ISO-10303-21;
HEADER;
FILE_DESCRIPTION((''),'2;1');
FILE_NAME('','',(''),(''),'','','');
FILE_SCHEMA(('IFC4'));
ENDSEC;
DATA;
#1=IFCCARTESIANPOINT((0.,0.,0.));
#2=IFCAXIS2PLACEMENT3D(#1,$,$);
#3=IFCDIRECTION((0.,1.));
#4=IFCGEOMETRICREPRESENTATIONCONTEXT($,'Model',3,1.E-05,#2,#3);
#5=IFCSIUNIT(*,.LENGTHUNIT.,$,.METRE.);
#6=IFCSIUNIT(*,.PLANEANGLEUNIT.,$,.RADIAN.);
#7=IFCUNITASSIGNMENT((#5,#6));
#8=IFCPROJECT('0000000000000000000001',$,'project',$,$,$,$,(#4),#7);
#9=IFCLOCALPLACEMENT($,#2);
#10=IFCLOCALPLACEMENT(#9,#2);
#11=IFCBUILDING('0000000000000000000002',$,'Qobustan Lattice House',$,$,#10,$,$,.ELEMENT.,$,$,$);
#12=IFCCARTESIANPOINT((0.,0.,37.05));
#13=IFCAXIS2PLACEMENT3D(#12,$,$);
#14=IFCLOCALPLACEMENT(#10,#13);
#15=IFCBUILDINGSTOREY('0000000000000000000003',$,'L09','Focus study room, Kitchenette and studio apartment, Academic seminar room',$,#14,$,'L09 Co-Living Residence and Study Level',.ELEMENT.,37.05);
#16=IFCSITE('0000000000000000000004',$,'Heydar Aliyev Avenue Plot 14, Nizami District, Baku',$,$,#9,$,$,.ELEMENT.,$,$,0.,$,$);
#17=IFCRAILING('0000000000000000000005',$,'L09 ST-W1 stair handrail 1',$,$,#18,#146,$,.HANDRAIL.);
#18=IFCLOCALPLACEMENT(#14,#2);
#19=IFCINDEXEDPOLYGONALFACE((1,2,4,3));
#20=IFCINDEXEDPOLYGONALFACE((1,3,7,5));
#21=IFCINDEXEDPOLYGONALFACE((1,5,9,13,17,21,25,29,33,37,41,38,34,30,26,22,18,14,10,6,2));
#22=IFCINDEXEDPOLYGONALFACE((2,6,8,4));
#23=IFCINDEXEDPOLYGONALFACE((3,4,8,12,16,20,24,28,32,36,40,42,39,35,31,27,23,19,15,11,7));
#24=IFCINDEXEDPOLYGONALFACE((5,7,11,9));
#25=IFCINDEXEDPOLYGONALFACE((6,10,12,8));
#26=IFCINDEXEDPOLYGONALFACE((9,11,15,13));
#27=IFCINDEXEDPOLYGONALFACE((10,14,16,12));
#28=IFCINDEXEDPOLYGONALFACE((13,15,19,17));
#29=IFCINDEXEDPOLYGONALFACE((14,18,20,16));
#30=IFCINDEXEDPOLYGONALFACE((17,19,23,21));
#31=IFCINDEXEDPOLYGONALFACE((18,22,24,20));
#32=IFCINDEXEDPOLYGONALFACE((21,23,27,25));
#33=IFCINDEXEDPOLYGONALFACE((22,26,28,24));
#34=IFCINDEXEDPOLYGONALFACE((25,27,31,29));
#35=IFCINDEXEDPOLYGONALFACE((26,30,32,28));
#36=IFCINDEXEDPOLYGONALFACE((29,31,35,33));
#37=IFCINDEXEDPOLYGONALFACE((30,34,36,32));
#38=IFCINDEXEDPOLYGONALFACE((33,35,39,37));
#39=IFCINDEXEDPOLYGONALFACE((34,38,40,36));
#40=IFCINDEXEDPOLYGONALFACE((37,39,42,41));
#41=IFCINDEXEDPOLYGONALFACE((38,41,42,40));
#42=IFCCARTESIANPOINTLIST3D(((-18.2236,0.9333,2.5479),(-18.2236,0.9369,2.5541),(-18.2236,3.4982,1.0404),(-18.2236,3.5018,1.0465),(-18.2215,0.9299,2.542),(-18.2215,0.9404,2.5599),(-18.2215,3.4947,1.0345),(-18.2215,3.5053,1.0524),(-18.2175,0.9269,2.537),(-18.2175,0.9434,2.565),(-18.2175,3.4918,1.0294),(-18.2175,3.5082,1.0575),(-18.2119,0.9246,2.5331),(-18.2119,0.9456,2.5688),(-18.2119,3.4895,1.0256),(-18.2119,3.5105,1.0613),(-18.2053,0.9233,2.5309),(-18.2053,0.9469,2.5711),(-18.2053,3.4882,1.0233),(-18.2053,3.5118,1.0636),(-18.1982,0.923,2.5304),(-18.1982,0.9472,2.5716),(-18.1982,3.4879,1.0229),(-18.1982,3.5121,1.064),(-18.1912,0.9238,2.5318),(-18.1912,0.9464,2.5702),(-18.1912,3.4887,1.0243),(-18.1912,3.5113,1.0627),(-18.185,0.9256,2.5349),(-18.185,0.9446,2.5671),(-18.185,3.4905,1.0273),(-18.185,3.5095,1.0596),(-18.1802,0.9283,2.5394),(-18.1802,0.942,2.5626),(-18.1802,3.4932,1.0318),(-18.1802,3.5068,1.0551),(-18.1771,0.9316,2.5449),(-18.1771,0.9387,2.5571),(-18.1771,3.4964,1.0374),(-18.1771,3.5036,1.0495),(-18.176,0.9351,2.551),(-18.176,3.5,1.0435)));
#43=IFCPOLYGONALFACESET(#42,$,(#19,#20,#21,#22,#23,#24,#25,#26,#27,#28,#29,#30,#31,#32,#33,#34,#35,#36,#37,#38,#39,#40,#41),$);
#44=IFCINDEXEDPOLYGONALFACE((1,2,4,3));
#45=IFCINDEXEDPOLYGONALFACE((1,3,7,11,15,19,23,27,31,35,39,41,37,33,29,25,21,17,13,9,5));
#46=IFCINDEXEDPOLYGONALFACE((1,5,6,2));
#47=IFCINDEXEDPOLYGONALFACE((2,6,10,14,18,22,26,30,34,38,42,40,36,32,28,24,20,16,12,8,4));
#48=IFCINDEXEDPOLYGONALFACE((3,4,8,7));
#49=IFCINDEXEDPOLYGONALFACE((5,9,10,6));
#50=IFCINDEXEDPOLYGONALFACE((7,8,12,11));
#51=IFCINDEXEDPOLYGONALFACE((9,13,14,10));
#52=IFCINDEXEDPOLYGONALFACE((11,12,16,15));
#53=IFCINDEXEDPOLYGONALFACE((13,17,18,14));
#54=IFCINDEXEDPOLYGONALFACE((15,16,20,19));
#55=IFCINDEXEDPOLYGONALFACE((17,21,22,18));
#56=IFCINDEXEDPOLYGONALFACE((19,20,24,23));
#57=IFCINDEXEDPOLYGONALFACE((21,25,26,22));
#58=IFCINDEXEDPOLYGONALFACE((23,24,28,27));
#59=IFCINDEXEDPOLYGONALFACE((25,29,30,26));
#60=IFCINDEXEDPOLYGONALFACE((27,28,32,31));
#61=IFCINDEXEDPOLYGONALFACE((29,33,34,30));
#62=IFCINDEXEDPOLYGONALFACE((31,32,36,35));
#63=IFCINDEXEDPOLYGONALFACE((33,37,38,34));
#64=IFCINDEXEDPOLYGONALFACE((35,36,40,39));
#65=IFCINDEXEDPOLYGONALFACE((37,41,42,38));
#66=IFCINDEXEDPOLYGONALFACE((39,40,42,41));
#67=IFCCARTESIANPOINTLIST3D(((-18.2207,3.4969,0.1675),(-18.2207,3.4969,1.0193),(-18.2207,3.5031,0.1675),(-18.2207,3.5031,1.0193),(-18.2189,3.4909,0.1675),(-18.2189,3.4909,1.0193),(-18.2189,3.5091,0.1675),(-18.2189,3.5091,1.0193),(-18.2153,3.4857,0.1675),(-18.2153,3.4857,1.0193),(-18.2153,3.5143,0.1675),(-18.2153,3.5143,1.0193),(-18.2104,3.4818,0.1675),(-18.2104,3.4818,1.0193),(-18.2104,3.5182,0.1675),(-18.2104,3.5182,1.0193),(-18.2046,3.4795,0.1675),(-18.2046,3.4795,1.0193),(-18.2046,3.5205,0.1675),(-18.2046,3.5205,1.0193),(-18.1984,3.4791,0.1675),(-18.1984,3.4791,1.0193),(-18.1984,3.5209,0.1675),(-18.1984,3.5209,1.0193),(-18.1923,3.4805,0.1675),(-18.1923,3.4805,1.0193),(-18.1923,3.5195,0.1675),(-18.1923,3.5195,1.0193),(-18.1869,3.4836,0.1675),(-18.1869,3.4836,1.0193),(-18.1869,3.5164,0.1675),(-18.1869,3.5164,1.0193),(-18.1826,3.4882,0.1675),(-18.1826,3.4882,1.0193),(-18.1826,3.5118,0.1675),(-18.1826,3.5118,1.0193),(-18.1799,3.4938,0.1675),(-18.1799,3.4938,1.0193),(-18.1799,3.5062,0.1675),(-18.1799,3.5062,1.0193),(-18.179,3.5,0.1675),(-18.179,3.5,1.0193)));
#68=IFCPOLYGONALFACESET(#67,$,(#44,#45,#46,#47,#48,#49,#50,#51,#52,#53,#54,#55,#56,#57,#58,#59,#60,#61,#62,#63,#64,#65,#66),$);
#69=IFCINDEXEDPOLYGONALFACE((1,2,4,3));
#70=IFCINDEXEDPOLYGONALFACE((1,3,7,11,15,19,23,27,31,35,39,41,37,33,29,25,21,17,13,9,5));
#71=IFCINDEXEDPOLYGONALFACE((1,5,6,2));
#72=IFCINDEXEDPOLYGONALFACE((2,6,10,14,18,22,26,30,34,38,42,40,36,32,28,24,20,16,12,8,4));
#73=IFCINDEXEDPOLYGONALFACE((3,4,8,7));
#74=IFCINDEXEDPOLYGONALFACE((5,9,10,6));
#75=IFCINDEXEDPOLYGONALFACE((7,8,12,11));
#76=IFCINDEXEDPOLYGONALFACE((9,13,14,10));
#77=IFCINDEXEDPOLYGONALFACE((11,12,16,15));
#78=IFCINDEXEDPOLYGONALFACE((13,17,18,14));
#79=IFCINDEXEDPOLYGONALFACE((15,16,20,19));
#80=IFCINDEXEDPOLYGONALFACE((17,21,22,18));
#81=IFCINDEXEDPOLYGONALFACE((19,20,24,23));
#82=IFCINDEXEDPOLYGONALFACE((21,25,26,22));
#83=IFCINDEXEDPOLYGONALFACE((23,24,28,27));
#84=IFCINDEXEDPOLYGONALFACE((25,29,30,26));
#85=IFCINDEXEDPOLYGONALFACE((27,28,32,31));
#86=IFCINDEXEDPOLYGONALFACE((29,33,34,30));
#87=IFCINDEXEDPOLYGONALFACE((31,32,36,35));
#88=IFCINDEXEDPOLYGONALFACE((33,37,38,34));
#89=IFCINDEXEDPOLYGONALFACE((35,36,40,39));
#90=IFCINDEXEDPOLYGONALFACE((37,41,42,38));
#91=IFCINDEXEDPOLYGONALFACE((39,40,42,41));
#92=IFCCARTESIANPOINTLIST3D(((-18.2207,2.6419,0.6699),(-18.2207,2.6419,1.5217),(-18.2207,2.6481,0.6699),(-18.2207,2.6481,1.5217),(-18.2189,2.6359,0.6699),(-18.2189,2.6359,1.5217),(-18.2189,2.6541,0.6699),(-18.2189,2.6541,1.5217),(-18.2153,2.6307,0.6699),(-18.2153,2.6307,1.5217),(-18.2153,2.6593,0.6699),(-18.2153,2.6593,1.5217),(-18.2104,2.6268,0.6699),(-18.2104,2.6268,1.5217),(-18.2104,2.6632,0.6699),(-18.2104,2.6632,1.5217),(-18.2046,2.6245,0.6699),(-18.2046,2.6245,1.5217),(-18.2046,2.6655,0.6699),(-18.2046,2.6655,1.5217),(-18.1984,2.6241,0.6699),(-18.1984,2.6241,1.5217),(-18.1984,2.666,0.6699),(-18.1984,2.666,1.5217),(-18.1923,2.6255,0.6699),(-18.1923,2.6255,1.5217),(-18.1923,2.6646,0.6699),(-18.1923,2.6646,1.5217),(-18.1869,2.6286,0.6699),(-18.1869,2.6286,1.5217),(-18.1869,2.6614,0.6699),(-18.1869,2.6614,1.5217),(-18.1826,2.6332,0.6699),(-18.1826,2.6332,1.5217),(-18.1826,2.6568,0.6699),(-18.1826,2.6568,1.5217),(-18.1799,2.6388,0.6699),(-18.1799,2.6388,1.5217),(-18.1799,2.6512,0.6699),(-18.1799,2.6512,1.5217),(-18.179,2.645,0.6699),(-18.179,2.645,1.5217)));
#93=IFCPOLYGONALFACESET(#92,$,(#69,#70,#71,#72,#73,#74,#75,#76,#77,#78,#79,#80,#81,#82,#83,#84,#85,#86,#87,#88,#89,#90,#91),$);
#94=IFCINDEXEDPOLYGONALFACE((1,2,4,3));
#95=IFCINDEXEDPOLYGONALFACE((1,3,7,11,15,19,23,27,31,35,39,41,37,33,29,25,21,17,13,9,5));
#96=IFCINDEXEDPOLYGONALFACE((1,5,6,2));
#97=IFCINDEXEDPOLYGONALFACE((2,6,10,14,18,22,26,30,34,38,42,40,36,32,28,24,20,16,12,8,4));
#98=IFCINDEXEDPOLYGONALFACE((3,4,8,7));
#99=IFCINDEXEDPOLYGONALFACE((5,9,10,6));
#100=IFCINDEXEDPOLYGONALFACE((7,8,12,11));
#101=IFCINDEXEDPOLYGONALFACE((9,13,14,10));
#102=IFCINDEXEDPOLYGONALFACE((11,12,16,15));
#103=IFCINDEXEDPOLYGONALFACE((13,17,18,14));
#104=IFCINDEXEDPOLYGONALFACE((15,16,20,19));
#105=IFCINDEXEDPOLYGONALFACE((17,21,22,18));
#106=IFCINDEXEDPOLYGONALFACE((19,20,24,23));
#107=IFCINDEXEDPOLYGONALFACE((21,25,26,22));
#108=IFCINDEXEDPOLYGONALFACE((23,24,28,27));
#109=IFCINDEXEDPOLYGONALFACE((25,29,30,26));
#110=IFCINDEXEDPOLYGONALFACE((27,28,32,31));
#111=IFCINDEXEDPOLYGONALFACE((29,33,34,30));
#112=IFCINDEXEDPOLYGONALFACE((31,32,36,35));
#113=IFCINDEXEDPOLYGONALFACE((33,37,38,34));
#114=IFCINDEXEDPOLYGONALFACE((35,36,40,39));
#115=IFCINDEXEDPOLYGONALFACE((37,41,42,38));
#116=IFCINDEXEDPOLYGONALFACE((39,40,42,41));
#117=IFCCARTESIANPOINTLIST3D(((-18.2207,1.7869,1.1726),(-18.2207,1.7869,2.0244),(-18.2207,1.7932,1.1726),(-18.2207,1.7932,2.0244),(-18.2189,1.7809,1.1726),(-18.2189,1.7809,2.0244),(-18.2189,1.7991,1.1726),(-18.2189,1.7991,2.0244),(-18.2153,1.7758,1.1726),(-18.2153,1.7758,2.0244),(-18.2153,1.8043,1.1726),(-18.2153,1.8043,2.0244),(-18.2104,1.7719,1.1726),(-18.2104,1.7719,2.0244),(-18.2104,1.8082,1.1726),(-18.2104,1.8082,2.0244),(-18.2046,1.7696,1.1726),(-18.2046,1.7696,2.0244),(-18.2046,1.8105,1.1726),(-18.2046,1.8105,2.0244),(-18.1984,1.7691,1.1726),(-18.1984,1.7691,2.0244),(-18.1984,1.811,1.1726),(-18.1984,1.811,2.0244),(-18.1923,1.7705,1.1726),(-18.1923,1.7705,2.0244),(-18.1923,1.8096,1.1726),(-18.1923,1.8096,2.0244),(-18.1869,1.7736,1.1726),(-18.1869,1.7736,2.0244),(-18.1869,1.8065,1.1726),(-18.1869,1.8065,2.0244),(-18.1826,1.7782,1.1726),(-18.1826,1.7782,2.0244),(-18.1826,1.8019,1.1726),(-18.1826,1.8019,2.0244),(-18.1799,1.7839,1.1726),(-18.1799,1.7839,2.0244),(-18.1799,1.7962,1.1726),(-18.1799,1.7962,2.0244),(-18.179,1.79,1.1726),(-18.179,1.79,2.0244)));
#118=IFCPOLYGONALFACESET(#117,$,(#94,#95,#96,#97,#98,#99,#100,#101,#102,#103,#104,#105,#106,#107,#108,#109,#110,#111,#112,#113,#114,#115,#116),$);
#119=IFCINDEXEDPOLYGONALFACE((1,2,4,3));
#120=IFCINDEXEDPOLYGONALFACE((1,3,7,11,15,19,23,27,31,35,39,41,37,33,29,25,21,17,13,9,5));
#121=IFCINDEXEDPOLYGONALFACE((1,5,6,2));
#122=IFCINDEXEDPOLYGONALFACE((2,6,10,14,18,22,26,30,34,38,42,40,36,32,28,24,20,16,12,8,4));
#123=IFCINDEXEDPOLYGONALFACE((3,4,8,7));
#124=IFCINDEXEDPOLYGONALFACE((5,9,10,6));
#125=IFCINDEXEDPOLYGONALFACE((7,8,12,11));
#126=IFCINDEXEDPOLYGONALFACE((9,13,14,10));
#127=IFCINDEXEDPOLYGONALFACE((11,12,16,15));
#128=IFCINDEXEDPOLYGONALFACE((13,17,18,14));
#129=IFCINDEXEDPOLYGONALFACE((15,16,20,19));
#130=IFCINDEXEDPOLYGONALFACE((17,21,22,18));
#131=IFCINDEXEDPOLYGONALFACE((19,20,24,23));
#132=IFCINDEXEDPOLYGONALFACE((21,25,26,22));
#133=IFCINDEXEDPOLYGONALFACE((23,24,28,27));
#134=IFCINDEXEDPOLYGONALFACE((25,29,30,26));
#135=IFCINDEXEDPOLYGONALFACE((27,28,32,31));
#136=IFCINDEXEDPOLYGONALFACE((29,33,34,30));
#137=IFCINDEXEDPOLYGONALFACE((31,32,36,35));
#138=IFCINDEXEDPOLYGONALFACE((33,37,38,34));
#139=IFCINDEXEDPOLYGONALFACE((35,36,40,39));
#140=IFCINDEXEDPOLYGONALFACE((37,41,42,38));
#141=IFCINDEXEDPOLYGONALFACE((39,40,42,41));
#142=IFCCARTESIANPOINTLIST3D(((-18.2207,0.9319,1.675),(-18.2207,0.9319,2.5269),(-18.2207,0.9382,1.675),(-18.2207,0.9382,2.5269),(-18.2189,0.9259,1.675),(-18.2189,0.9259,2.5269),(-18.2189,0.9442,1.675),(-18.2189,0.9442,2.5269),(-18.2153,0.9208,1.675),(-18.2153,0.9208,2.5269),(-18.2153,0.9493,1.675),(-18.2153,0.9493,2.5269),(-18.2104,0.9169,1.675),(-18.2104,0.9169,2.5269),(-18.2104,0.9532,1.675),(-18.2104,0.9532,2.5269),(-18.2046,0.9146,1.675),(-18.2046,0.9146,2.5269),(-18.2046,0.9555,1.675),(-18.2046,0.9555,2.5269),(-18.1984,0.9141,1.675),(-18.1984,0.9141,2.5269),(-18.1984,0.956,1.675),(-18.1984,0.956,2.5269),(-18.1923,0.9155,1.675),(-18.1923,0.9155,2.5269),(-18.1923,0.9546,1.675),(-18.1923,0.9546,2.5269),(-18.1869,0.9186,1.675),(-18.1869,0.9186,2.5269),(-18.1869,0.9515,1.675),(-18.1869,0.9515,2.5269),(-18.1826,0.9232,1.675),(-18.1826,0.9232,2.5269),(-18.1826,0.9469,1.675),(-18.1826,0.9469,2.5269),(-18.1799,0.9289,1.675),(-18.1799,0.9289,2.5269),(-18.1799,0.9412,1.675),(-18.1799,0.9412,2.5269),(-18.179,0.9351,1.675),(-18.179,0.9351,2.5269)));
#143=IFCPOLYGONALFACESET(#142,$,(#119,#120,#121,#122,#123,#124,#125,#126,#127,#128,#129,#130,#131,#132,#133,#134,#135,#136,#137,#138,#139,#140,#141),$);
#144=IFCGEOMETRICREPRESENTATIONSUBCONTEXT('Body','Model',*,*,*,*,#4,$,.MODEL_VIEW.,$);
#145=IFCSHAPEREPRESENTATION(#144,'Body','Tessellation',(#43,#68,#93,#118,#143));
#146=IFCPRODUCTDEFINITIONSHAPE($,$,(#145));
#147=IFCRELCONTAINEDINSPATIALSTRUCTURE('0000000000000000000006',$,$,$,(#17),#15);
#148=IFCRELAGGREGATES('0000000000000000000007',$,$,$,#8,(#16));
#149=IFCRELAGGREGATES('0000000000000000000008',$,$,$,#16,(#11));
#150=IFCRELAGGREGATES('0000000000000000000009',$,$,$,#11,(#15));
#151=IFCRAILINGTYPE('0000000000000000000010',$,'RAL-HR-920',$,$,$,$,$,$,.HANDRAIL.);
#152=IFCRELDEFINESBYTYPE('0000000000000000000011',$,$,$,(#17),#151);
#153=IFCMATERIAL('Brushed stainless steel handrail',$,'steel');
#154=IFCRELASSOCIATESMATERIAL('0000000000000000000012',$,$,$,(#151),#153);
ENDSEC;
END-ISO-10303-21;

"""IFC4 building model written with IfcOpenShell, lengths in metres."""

from ifc_helpers import new_model, si_unit, direction, frame, origin, origin_2d, place, context, subcontext, project, spatial, circle, extrude, material, type_object, element, save


model = new_model("IFC4")

# Units and contexts
model_context = context("Model", 3, precision=1e-05, world=origin(), true_north=direction((0.0, 1.0)))
body_context = subcontext(model_context, "Body", "Model", "MODEL_VIEW")
ifc_project = project(units=[si_unit("LENGTHUNIT", "METRE"), si_unit("PLANEANGLEUNIT", "RADIAN")], contexts=[model_context])

# Site, building, storey
site_placement = place(None, origin())
site = spatial("IfcSite", under=ifc_project, at=site_placement, Name="Heydar Aliyev Avenue Plot 14, Nizami District, Baku", CompositionType="ELEMENT", RefElevation=0.0)
building_placement = place(site_placement, origin())
building = spatial("IfcBuilding", under=site, at=building_placement, Name="Qobustan Lattice House", CompositionType="ELEMENT")
storey_placement = place(building_placement, frame((0.0, 0.0, 37.05)))
storey = spatial("IfcBuildingStorey", under=building, at=storey_placement, Name="L09", Description="Focus study room, Kitchenette and studio apartment, Academic seminar room", LongName="L09 Co-Living Residence and Study Level", CompositionType="ELEMENT", Elevation=37.05)

# Railing
ifc_material_1 = material(Name="Brushed stainless steel handrail", Category="steel")
railing_type_1 = type_object("IfcRailingType", Name="RAL-HR-920", PredefinedType="HANDRAIL", material=ifc_material_1)
railing_1_placement = place(storey_placement, frame((-18.2, 3.5, 0.1675)))
element("IfcRailing", 1, at=railing_1_placement, inside=storey, type_object=railing_type_1, Name="L09 ST-W1 stair handrail 1", PredefinedType="HANDRAIL", context=body_context, shape_type="SweptSolid", body=[
    extrude(circle(Radius=0.0239, at=origin_2d()), frame((0.0, 0.0, 0.876), z_axis=(0.0, -0.862113, 0.506715), x_axis=(1.0, 0.0, 0.0)), (0.0, 0.0, 1.0), 2.9751),
    extrude(circle(Radius=0.021, at=origin_2d()), origin(), (0.0, 0.0, 1.0), 0.8518),
    extrude(circle(Radius=0.021, at=origin_2d()), frame((0.0, -0.855, 0.5024)), (0.0, 0.0, 1.0), 0.8518),
    extrude(circle(Radius=0.021, at=origin_2d()), frame((0.0, -1.71, 1.0051)), (0.0, 0.0, 1.0), 0.8518),
    extrude(circle(Radius=0.021, at=origin_2d()), frame((0.0, -2.5649, 1.5076)), (0.0, 0.0, 1.0), 0.8518),
])

save(model, "model.ifc")
